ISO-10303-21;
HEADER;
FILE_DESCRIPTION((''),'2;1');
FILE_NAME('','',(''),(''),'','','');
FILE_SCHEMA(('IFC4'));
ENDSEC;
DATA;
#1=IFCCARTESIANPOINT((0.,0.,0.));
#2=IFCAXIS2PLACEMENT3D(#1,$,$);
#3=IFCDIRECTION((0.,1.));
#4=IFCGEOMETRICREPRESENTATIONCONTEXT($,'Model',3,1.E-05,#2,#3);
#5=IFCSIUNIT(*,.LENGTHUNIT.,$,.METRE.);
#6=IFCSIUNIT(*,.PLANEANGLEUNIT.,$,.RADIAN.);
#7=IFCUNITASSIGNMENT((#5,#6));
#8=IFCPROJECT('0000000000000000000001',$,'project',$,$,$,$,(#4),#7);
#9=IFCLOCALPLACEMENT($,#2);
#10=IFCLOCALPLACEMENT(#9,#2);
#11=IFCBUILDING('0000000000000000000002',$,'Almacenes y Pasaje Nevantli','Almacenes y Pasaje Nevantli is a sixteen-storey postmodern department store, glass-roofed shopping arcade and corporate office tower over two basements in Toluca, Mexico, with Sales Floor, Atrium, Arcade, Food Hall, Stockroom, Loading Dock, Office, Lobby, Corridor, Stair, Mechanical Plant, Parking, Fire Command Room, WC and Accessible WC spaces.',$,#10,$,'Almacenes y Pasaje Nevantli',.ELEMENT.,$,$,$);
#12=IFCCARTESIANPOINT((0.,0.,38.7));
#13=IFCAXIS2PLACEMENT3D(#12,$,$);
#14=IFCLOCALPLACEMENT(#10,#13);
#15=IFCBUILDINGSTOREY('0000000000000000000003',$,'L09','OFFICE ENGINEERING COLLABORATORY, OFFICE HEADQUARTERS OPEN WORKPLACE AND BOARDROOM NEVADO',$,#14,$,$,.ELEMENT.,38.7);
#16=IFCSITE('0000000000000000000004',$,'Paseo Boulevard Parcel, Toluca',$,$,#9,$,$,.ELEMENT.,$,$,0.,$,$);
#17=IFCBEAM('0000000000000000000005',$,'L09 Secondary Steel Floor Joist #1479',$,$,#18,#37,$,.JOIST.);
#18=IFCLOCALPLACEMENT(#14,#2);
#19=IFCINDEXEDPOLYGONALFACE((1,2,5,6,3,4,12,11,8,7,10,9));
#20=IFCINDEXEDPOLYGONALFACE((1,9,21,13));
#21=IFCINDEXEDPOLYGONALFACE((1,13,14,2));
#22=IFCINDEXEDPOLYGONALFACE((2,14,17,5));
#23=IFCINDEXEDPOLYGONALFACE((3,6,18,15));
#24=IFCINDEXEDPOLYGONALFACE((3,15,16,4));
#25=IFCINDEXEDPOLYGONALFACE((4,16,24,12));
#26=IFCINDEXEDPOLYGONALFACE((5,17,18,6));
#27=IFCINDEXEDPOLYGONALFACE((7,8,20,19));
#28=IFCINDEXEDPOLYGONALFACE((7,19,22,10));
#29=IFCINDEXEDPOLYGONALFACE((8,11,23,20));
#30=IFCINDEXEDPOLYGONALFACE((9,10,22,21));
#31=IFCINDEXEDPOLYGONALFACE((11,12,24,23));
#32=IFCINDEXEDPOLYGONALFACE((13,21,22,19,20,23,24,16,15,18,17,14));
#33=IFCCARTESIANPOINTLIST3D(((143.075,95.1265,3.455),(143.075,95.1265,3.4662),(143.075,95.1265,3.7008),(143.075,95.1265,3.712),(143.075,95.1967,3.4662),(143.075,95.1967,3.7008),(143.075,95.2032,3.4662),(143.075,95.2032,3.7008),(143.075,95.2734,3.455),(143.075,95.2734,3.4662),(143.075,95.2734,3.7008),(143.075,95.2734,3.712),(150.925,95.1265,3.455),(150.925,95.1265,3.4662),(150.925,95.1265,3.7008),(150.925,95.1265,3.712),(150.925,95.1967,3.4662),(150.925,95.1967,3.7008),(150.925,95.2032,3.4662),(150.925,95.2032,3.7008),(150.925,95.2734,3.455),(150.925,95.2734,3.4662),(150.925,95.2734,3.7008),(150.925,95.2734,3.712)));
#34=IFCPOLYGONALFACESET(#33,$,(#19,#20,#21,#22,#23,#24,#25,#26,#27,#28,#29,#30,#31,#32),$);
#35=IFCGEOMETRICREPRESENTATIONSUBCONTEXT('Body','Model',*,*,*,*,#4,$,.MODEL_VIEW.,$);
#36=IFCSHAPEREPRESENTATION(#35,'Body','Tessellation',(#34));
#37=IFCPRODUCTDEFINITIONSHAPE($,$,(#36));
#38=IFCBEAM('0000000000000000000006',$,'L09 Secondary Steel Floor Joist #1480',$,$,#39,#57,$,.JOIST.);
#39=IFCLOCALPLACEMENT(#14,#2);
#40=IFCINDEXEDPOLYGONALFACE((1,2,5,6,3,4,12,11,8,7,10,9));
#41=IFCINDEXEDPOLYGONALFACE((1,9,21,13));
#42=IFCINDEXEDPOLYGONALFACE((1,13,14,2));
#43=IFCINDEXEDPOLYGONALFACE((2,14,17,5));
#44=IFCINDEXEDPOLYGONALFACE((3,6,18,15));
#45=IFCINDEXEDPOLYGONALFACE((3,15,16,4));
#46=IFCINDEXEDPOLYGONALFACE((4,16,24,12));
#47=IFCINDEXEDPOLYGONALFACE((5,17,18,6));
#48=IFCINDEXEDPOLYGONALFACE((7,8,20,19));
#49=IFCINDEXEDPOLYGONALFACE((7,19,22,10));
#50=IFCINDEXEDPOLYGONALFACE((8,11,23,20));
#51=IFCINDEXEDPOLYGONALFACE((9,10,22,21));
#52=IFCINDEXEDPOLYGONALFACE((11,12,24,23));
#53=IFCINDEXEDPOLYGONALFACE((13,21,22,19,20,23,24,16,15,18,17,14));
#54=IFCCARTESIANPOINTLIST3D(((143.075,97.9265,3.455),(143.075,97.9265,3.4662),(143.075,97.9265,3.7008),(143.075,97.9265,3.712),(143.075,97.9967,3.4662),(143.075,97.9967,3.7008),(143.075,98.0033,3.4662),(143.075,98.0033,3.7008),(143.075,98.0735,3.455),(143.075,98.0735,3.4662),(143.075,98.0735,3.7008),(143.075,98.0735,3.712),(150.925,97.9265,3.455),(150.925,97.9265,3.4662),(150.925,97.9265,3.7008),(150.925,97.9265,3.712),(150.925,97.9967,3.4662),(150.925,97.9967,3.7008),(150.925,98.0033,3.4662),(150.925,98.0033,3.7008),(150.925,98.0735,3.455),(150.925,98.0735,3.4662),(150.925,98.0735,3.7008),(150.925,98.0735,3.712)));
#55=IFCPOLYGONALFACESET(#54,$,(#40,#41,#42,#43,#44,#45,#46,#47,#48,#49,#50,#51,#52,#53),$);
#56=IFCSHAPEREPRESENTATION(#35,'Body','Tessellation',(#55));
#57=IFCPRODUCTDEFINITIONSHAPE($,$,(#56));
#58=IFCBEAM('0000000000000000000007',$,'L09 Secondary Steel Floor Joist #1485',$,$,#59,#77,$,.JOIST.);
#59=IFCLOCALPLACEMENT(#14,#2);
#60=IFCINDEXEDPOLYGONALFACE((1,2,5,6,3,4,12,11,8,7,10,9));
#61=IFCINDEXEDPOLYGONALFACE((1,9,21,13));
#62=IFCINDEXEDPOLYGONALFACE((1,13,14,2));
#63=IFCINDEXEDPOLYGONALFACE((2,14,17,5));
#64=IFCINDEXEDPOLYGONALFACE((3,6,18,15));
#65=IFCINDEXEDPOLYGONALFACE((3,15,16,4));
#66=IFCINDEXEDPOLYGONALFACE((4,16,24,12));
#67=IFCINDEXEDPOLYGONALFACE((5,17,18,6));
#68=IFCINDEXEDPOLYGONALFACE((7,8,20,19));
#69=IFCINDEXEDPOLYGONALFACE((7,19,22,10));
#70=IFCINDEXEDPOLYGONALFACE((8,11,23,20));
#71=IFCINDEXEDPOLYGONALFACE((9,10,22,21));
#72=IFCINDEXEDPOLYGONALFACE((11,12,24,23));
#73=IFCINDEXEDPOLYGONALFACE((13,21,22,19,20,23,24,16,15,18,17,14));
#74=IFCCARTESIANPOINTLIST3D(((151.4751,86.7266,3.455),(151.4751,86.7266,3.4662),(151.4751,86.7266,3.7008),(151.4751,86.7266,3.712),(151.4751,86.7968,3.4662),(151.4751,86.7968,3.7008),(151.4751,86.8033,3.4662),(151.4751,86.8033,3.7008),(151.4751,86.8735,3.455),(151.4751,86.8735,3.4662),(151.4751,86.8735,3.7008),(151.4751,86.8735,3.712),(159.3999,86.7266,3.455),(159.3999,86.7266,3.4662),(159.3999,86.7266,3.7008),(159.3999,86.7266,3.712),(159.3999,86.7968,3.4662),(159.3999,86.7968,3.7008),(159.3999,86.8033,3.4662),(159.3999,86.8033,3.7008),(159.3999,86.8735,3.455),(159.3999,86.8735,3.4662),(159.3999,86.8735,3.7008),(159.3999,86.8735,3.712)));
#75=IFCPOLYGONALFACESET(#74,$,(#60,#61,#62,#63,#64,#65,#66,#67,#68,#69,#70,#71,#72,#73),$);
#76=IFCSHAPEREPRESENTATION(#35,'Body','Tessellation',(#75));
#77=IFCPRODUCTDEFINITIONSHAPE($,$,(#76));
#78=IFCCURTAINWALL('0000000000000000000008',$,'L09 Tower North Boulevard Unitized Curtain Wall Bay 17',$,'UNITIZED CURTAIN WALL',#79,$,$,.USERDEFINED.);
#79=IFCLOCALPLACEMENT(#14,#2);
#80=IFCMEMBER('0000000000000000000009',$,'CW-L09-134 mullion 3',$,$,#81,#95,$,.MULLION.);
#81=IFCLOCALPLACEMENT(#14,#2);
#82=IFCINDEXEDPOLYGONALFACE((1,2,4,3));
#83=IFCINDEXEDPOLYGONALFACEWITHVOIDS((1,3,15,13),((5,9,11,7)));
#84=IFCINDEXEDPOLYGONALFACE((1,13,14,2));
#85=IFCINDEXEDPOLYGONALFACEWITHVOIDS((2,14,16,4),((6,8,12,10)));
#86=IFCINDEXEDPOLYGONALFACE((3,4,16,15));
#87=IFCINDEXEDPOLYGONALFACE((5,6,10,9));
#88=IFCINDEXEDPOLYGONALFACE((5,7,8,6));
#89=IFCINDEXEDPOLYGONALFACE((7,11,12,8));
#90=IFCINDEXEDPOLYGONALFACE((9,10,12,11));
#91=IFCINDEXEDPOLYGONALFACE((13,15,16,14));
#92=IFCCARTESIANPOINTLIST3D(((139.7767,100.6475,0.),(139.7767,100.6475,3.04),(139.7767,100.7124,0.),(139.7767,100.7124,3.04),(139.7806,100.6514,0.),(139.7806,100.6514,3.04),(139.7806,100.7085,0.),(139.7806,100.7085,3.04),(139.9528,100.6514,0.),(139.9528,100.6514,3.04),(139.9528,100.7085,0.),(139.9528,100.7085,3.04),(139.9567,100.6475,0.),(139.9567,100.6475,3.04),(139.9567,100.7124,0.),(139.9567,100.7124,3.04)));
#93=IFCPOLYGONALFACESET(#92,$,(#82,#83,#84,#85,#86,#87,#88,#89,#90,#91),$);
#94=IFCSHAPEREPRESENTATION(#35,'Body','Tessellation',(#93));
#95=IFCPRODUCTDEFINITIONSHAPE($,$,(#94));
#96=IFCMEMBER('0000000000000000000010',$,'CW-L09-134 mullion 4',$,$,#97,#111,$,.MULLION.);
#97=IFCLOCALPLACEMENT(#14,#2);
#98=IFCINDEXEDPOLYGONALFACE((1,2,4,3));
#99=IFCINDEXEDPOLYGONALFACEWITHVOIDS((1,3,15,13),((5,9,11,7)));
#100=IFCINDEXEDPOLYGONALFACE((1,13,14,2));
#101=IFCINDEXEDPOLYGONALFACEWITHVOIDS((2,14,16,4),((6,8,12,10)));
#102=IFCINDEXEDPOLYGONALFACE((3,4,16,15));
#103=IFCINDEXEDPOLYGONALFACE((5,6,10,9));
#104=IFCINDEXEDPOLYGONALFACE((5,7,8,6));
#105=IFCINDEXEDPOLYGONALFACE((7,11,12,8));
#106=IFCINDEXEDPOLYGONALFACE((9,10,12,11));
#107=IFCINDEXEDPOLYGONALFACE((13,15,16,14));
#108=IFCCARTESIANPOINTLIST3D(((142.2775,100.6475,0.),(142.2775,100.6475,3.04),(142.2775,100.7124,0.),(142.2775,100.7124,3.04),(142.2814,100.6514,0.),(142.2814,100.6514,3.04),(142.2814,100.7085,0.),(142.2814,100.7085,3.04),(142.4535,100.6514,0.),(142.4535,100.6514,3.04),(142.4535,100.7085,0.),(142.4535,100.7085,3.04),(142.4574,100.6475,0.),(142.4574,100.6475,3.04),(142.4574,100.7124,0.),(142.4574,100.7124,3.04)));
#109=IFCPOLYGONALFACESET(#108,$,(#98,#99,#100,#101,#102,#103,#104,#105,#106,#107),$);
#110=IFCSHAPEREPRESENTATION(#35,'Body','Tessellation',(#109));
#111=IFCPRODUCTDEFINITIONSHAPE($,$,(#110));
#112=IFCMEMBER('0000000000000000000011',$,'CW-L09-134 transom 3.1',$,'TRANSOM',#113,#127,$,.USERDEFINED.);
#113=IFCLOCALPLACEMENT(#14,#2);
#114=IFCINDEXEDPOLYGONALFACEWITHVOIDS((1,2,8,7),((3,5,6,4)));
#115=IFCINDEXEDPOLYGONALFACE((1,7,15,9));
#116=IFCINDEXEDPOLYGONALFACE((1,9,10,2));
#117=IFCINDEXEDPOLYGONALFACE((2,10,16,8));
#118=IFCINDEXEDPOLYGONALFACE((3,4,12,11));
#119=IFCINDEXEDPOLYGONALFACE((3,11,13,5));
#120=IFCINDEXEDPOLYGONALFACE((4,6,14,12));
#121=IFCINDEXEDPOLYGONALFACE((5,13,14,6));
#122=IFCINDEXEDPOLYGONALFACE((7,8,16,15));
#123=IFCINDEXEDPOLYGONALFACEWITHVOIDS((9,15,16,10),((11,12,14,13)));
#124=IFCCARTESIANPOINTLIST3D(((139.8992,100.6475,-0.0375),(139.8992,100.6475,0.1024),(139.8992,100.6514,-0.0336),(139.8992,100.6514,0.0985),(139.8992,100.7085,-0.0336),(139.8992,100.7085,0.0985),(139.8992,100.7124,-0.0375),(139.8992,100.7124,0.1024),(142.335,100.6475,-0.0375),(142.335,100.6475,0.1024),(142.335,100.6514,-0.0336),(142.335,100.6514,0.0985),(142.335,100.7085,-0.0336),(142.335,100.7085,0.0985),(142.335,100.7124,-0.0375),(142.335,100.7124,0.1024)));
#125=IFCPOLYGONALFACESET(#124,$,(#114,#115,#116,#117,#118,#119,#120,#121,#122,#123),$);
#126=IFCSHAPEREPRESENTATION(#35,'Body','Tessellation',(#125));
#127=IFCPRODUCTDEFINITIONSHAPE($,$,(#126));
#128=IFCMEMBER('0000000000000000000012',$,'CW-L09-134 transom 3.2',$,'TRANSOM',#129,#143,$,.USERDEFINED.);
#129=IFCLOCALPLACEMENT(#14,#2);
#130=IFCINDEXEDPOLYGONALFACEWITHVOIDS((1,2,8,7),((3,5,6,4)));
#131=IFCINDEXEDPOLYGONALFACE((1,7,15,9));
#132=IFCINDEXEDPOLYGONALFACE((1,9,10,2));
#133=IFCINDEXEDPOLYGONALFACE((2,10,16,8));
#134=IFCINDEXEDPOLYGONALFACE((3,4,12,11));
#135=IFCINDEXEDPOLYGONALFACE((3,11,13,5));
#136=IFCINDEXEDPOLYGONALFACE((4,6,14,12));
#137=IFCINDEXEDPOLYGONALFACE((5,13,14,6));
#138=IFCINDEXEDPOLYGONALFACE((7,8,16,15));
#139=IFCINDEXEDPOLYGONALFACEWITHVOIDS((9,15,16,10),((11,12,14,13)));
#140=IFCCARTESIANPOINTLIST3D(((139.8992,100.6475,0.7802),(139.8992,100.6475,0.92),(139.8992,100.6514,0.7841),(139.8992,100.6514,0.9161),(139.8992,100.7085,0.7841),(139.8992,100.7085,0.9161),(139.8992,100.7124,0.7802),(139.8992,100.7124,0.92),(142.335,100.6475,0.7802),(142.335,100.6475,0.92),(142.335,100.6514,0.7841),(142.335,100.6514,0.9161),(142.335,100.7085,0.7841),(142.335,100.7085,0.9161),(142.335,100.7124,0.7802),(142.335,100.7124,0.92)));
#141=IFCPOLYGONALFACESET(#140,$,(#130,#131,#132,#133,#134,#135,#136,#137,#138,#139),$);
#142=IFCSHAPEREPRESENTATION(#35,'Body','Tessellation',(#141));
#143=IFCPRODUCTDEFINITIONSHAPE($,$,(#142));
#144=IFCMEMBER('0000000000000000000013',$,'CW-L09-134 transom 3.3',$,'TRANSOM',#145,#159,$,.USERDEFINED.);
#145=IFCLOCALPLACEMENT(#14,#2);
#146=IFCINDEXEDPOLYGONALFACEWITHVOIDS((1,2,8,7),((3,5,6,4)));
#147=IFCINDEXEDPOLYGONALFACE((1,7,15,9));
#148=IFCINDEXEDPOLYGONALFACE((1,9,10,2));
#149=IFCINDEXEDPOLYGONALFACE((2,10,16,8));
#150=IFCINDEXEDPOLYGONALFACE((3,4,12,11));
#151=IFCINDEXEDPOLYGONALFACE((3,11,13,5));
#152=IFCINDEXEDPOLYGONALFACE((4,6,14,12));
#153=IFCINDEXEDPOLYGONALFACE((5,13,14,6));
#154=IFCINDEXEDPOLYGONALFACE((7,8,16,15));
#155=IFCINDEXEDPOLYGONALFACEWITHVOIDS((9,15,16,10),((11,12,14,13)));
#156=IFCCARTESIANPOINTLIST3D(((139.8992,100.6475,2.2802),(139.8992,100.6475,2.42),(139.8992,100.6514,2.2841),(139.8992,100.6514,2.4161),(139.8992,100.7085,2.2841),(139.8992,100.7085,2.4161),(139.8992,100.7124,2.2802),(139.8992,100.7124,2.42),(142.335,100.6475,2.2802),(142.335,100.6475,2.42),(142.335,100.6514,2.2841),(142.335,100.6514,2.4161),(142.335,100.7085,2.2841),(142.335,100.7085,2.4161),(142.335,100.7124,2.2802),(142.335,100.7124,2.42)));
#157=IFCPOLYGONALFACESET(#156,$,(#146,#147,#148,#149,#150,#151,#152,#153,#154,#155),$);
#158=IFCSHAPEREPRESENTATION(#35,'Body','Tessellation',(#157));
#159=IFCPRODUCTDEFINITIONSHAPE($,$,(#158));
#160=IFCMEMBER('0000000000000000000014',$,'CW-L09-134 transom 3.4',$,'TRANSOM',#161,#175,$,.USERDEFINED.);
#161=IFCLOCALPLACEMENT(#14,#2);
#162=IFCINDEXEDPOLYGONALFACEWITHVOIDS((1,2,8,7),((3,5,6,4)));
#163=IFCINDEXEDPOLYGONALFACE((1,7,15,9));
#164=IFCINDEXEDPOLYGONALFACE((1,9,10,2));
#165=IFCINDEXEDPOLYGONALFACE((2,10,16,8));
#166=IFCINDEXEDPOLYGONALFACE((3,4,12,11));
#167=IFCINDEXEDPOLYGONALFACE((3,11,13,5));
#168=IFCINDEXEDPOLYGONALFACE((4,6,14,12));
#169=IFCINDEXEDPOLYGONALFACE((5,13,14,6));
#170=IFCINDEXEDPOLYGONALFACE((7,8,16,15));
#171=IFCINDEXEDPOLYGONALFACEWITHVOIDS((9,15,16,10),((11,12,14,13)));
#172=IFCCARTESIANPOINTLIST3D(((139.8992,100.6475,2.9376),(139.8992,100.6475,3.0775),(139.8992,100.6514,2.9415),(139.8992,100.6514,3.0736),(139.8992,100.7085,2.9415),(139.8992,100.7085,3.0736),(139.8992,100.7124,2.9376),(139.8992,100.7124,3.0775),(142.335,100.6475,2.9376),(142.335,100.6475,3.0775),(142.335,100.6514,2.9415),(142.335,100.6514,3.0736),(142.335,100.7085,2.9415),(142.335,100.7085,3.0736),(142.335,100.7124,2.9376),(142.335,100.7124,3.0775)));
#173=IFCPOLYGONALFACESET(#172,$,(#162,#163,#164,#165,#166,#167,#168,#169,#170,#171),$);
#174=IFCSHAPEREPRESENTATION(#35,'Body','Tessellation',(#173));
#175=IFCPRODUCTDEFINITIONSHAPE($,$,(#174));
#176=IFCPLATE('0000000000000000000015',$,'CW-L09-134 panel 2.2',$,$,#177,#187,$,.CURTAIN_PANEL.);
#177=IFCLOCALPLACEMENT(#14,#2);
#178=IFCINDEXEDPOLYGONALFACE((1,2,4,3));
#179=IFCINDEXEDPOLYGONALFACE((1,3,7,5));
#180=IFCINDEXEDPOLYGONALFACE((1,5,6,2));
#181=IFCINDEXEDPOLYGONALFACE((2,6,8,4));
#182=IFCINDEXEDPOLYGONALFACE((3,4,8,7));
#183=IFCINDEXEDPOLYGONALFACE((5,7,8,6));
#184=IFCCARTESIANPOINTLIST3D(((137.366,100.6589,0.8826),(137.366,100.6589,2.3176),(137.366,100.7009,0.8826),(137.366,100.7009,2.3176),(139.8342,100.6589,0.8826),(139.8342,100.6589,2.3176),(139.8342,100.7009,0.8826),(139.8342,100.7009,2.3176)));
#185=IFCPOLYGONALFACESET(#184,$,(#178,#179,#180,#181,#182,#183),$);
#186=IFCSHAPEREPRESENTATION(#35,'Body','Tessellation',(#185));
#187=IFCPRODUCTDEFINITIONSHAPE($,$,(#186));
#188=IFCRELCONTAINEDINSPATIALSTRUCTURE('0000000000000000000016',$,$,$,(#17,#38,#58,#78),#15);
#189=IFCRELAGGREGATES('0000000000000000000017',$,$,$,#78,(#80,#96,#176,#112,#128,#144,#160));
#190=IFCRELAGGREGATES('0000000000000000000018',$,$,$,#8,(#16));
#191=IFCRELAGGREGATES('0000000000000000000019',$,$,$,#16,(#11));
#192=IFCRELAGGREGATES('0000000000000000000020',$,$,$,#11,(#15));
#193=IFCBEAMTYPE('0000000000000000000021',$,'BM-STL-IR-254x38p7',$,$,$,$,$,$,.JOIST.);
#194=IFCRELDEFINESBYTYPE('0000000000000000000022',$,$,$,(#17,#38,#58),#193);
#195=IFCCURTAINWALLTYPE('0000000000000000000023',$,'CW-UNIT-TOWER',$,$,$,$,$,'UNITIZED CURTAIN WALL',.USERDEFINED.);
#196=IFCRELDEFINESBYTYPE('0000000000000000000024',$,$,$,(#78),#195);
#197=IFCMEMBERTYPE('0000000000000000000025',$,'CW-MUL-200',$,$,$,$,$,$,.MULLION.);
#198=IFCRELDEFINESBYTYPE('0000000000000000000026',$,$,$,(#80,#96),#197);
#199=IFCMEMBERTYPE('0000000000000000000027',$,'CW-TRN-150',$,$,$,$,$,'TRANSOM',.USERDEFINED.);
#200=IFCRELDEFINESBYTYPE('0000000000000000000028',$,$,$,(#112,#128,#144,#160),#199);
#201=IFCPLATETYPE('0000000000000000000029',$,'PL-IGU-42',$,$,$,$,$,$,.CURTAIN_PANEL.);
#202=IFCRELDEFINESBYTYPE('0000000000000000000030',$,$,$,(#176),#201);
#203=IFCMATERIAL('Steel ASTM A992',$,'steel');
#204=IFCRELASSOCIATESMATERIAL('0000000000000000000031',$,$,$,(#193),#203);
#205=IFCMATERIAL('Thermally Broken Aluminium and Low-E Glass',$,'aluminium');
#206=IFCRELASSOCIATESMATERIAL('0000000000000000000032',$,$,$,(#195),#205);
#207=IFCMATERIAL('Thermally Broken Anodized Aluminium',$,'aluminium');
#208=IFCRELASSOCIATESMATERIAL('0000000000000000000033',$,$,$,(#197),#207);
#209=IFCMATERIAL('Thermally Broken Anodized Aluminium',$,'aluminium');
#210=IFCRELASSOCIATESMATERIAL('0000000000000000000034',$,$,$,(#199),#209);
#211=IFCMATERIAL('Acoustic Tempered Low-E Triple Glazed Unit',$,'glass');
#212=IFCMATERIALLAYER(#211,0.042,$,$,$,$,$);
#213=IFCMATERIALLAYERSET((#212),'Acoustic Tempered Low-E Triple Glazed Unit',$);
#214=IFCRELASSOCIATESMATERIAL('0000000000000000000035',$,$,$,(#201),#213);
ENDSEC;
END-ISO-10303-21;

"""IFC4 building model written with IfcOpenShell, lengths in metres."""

from ifc_helpers import new_model, si_unit, direction, frame, origin, origin_2d, place, context, subcontext, project, spatial, rectangle, hollow_rectangle, i_section, extrude, material, layer, layer_set, material_profile, profile_set, type_object, element, aggregate, save


model = new_model("IFC4")

# Units and contexts
model_context = context("Model", 3, precision=1e-05, world=origin(), true_north=direction((0.0, 1.0)))
body_context = subcontext(model_context, "Body", "Model", "MODEL_VIEW")
ifc_project = project(units=[si_unit("LENGTHUNIT", "METRE"), si_unit("PLANEANGLEUNIT", "RADIAN")], contexts=[model_context])

# Site, building, storey
site_placement = place(None, origin())
site = spatial("IfcSite", under=ifc_project, at=site_placement, Name="Paseo Boulevard Parcel, Toluca", CompositionType="ELEMENT", RefElevation=0.0)
building_placement = place(site_placement, origin())
building = spatial("IfcBuilding", under=site, at=building_placement, Name="Almacenes y Pasaje Nevantli", Description="Almacenes y Pasaje Nevantli is a sixteen-storey postmodern department store, glass-roofed shopping arcade and corporate office tower over two basements in Toluca, Mexico, with Sales Floor, Atrium, Arcade, Food Hall, Stockroom, Loading Dock, Office, Lobby, Corridor, Stair, Mechanical Plant, Parking, Fire Command Room, WC and Accessible WC spaces.", LongName="Almacenes y Pasaje Nevantli", CompositionType="ELEMENT")
storey_placement = place(building_placement, frame((0.0, 0.0, 38.7)))
storey = spatial("IfcBuildingStorey", under=building, at=storey_placement, Name="L09", Description="OFFICE ENGINEERING COLLABORATORY, OFFICE HEADQUARTERS OPEN WORKPLACE AND BOARDROOM NEVADO", CompositionType="ELEMENT", Elevation=38.7)

# Beams
ifc_material_1 = material(Name="Steel ASTM A992", Category="steel")
ifc_material_profile_1 = material_profile(ifc_material_1, i_section(OverallWidth=0.147, OverallDepth=0.2571, WebThickness=0.0066, FlangeThickness=0.0112, at=origin_2d()), Name="IR 254x38.7")
ifc_profile_set_1 = profile_set([ifc_material_profile_1], Name="Steel ASTM A992")
beam_type_1 = type_object("IfcBeamType", Name="BM-STL-IR-254x38p7", PredefinedType="JOIST", material=ifc_profile_set_1)
for number, where, z_axis, x_axis, name in (
    (1, (143.075, 95.2, 3.5835), (1.0, 0.0, 0.0), (0.0, 1.0, 0.0), "L09 Secondary Steel Floor Joist #1479"),
    (2, (143.075, 98.0, 3.5835), (1.0, 0.0, 0.0), (0.0, 1.0, 0.0), "L09 Secondary Steel Floor Joist #1480"),
):
    element("IfcBeam", number, at=place(storey_placement, frame(where, z_axis=z_axis, x_axis=x_axis)), inside=storey, type_object=beam_type_1, Name=name, PredefinedType="JOIST", context=body_context, shape_type="SweptSolid", body=[
        extrude(i_section(OverallWidth=0.147, OverallDepth=0.2571, WebThickness=0.0066, FlangeThickness=0.0112, at=origin_2d()), origin(), (0.0, 0.0, 1.0), 7.8501),
    ])
beam_1_placement = place(storey_placement, frame((151.4751, 86.8, 3.5835), z_axis=(1.0, 0.0, 0.0), x_axis=(0.0, 1.0, 0.0)))
element("IfcBeam", 3, at=beam_1_placement, inside=storey, type_object=beam_type_1, Name="L09 Secondary Steel Floor Joist #1485", PredefinedType="JOIST", context=body_context, shape_type="SweptSolid", body=[
    extrude(i_section(OverallWidth=0.147, OverallDepth=0.2571, WebThickness=0.0066, FlangeThickness=0.0112, at=origin_2d()), origin(), (0.0, 0.0, 1.0), 7.9248),
])

# Curtain wall, members, plate
ifc_material_2 = material(Name="Thermally Broken Aluminium and Low-E Glass", Category="aluminium")
curtain_wall_type = type_object("IfcCurtainWallType", Name="CW-UNIT-TOWER", ElementType="UNITIZED CURTAIN WALL", PredefinedType="USERDEFINED", material=ifc_material_2)
curtain_wall_placement = place(storey_placement, origin())
curtain_wall = element("IfcCurtainWall", 4, at=curtain_wall_placement, inside=storey, type_object=curtain_wall_type, Name="L09 Tower North Boulevard Unitized Curtain Wall Bay 17", ObjectType="UNITIZED CURTAIN WALL", PredefinedType="USERDEFINED")
ifc_material_3 = material(Name="Thermally Broken Anodized Aluminium", Category="aluminium")
ifc_material_profile_2 = material_profile(ifc_material_3, hollow_rectangle(XDim=0.0649, YDim=0.1799, WallThickness=0.0039, at=origin_2d()), Name="ALU-MUL-65x180")
ifc_profile_set_2 = profile_set([ifc_material_profile_2], Name="Thermally Broken Anodized Aluminium")
member_type_1 = type_object("IfcMemberType", Name="CW-MUL-200", PredefinedType="MULLION", material=ifc_profile_set_2)
member_1_placement = place(storey_placement, frame((139.8667, 100.6799, 0.0), z_axis=(0.0, 0.0, 1.0), x_axis=(0.0, 1.0, 0.0)))
member_1 = element("IfcMember", 5, at=member_1_placement, type_object=member_type_1, Name="CW-L09-134 mullion 3", PredefinedType="MULLION", context=body_context, shape_type="SweptSolid", body=[
    extrude(hollow_rectangle(XDim=0.0649, YDim=0.1799, WallThickness=0.0039, at=origin_2d()), origin(), (0.0, 0.0, 1.0), 3.04),
])
member_2_placement = place(storey_placement, frame((142.3674, 100.6799, 0.0), z_axis=(0.0, 0.0, 1.0), x_axis=(0.0, 1.0, 0.0)))
member_2 = element("IfcMember", 6, at=member_2_placement, type_object=member_type_1, Name="CW-L09-134 mullion 4", PredefinedType="MULLION", context=body_context, shape_type="SweptSolid", body=[
    extrude(hollow_rectangle(XDim=0.0649, YDim=0.1799, WallThickness=0.0039, at=origin_2d()), origin(), (0.0, 0.0, 1.0), 3.04),
])
ifc_material_4 = material(Name="Thermally Broken Anodized Aluminium", Category="aluminium")
ifc_material_profile_3 = material_profile(ifc_material_4, hollow_rectangle(XDim=0.0649, YDim=0.1399, WallThickness=0.0039, at=origin_2d()), Name="ALU-TRN-65x140")
ifc_profile_set_3 = profile_set([ifc_material_profile_3], Name="Thermally Broken Anodized Aluminium")
member_type_2 = type_object("IfcMemberType", Name="CW-TRN-150", ElementType="TRANSOM", PredefinedType="USERDEFINED", material=ifc_profile_set_3)
member_3_placement = place(storey_placement, frame((139.8992, 100.6799, 0.0325), z_axis=(1.0, 0.0, 0.0), x_axis=(0.0, 1.0, 0.0)))
member_3 = element("IfcMember", 7, at=member_3_placement, type_object=member_type_2, Name="CW-L09-134 transom 3.1", ObjectType="TRANSOM", PredefinedType="USERDEFINED", context=body_context, shape_type="SweptSolid", body=[
    extrude(hollow_rectangle(XDim=0.0649, YDim=0.1399, WallThickness=0.0039, at=origin_2d()), origin(), (0.0, 0.0, 1.0), 2.4358),
])
member_4_placement = place(storey_placement, frame((139.8992, 100.6799, 0.8501), z_axis=(1.0, 0.0, 0.0), x_axis=(0.0, 1.0, 0.0)))
member_4 = element("IfcMember", 8, at=member_4_placement, type_object=member_type_2, Name="CW-L09-134 transom 3.2", ObjectType="TRANSOM", PredefinedType="USERDEFINED", context=body_context, shape_type="SweptSolid", body=[
    extrude(hollow_rectangle(XDim=0.0649, YDim=0.1399, WallThickness=0.0039, at=origin_2d()), origin(), (0.0, 0.0, 1.0), 2.4358),
])
member_5_placement = place(storey_placement, frame((139.8992, 100.6799, 2.3501), z_axis=(1.0, 0.0, 0.0), x_axis=(0.0, 1.0, 0.0)))
member_5 = element("IfcMember", 9, at=member_5_placement, type_object=member_type_2, Name="CW-L09-134 transom 3.3", ObjectType="TRANSOM", PredefinedType="USERDEFINED", context=body_context, shape_type="SweptSolid", body=[
    extrude(hollow_rectangle(XDim=0.0649, YDim=0.1399, WallThickness=0.0039, at=origin_2d()), origin(), (0.0, 0.0, 1.0), 2.4358),
])
member_6_placement = place(storey_placement, frame((139.8992, 100.6799, 3.0076), z_axis=(1.0, 0.0, 0.0), x_axis=(0.0, 1.0, 0.0)))
member_6 = element("IfcMember", 10, at=member_6_placement, type_object=member_type_2, Name="CW-L09-134 transom 3.4", ObjectType="TRANSOM", PredefinedType="USERDEFINED", context=body_context, shape_type="SweptSolid", body=[
    extrude(hollow_rectangle(XDim=0.0649, YDim=0.1399, WallThickness=0.0039, at=origin_2d()), origin(), (0.0, 0.0, 1.0), 2.4358),
])
ifc_material_5 = material(Name="Acoustic Tempered Low-E Triple Glazed Unit", Category="glass")
ifc_layer_1 = layer(ifc_material_5, 0.042)
ifc_layer_set_1 = layer_set([ifc_layer_1], Name="Acoustic Tempered Low-E Triple Glazed Unit")
plate_type = type_object("IfcPlateType", Name="PL-IGU-42", PredefinedType="CURTAIN_PANEL", material=ifc_layer_set_1)
plate_1_placement = place(storey_placement, frame((138.6001, 100.6799, 0.8826), z_axis=(0.0, 0.0, 1.0), x_axis=(1.0, 0.0, 0.0)))
plate_1 = element("IfcPlate", 11, at=plate_1_placement, type_object=plate_type, Name="CW-L09-134 panel 2.2", PredefinedType="CURTAIN_PANEL", context=body_context, shape_type="SweptSolid", body=[
    extrude(rectangle(XDim=2.4683, YDim=0.042, at=origin_2d()), origin(), (0.0, 0.0, 1.0), 1.4351),
])
aggregate(curtain_wall, [member_1, member_2, plate_1, member_3, member_4, member_5, member_6])

save(model, "model.ifc")
